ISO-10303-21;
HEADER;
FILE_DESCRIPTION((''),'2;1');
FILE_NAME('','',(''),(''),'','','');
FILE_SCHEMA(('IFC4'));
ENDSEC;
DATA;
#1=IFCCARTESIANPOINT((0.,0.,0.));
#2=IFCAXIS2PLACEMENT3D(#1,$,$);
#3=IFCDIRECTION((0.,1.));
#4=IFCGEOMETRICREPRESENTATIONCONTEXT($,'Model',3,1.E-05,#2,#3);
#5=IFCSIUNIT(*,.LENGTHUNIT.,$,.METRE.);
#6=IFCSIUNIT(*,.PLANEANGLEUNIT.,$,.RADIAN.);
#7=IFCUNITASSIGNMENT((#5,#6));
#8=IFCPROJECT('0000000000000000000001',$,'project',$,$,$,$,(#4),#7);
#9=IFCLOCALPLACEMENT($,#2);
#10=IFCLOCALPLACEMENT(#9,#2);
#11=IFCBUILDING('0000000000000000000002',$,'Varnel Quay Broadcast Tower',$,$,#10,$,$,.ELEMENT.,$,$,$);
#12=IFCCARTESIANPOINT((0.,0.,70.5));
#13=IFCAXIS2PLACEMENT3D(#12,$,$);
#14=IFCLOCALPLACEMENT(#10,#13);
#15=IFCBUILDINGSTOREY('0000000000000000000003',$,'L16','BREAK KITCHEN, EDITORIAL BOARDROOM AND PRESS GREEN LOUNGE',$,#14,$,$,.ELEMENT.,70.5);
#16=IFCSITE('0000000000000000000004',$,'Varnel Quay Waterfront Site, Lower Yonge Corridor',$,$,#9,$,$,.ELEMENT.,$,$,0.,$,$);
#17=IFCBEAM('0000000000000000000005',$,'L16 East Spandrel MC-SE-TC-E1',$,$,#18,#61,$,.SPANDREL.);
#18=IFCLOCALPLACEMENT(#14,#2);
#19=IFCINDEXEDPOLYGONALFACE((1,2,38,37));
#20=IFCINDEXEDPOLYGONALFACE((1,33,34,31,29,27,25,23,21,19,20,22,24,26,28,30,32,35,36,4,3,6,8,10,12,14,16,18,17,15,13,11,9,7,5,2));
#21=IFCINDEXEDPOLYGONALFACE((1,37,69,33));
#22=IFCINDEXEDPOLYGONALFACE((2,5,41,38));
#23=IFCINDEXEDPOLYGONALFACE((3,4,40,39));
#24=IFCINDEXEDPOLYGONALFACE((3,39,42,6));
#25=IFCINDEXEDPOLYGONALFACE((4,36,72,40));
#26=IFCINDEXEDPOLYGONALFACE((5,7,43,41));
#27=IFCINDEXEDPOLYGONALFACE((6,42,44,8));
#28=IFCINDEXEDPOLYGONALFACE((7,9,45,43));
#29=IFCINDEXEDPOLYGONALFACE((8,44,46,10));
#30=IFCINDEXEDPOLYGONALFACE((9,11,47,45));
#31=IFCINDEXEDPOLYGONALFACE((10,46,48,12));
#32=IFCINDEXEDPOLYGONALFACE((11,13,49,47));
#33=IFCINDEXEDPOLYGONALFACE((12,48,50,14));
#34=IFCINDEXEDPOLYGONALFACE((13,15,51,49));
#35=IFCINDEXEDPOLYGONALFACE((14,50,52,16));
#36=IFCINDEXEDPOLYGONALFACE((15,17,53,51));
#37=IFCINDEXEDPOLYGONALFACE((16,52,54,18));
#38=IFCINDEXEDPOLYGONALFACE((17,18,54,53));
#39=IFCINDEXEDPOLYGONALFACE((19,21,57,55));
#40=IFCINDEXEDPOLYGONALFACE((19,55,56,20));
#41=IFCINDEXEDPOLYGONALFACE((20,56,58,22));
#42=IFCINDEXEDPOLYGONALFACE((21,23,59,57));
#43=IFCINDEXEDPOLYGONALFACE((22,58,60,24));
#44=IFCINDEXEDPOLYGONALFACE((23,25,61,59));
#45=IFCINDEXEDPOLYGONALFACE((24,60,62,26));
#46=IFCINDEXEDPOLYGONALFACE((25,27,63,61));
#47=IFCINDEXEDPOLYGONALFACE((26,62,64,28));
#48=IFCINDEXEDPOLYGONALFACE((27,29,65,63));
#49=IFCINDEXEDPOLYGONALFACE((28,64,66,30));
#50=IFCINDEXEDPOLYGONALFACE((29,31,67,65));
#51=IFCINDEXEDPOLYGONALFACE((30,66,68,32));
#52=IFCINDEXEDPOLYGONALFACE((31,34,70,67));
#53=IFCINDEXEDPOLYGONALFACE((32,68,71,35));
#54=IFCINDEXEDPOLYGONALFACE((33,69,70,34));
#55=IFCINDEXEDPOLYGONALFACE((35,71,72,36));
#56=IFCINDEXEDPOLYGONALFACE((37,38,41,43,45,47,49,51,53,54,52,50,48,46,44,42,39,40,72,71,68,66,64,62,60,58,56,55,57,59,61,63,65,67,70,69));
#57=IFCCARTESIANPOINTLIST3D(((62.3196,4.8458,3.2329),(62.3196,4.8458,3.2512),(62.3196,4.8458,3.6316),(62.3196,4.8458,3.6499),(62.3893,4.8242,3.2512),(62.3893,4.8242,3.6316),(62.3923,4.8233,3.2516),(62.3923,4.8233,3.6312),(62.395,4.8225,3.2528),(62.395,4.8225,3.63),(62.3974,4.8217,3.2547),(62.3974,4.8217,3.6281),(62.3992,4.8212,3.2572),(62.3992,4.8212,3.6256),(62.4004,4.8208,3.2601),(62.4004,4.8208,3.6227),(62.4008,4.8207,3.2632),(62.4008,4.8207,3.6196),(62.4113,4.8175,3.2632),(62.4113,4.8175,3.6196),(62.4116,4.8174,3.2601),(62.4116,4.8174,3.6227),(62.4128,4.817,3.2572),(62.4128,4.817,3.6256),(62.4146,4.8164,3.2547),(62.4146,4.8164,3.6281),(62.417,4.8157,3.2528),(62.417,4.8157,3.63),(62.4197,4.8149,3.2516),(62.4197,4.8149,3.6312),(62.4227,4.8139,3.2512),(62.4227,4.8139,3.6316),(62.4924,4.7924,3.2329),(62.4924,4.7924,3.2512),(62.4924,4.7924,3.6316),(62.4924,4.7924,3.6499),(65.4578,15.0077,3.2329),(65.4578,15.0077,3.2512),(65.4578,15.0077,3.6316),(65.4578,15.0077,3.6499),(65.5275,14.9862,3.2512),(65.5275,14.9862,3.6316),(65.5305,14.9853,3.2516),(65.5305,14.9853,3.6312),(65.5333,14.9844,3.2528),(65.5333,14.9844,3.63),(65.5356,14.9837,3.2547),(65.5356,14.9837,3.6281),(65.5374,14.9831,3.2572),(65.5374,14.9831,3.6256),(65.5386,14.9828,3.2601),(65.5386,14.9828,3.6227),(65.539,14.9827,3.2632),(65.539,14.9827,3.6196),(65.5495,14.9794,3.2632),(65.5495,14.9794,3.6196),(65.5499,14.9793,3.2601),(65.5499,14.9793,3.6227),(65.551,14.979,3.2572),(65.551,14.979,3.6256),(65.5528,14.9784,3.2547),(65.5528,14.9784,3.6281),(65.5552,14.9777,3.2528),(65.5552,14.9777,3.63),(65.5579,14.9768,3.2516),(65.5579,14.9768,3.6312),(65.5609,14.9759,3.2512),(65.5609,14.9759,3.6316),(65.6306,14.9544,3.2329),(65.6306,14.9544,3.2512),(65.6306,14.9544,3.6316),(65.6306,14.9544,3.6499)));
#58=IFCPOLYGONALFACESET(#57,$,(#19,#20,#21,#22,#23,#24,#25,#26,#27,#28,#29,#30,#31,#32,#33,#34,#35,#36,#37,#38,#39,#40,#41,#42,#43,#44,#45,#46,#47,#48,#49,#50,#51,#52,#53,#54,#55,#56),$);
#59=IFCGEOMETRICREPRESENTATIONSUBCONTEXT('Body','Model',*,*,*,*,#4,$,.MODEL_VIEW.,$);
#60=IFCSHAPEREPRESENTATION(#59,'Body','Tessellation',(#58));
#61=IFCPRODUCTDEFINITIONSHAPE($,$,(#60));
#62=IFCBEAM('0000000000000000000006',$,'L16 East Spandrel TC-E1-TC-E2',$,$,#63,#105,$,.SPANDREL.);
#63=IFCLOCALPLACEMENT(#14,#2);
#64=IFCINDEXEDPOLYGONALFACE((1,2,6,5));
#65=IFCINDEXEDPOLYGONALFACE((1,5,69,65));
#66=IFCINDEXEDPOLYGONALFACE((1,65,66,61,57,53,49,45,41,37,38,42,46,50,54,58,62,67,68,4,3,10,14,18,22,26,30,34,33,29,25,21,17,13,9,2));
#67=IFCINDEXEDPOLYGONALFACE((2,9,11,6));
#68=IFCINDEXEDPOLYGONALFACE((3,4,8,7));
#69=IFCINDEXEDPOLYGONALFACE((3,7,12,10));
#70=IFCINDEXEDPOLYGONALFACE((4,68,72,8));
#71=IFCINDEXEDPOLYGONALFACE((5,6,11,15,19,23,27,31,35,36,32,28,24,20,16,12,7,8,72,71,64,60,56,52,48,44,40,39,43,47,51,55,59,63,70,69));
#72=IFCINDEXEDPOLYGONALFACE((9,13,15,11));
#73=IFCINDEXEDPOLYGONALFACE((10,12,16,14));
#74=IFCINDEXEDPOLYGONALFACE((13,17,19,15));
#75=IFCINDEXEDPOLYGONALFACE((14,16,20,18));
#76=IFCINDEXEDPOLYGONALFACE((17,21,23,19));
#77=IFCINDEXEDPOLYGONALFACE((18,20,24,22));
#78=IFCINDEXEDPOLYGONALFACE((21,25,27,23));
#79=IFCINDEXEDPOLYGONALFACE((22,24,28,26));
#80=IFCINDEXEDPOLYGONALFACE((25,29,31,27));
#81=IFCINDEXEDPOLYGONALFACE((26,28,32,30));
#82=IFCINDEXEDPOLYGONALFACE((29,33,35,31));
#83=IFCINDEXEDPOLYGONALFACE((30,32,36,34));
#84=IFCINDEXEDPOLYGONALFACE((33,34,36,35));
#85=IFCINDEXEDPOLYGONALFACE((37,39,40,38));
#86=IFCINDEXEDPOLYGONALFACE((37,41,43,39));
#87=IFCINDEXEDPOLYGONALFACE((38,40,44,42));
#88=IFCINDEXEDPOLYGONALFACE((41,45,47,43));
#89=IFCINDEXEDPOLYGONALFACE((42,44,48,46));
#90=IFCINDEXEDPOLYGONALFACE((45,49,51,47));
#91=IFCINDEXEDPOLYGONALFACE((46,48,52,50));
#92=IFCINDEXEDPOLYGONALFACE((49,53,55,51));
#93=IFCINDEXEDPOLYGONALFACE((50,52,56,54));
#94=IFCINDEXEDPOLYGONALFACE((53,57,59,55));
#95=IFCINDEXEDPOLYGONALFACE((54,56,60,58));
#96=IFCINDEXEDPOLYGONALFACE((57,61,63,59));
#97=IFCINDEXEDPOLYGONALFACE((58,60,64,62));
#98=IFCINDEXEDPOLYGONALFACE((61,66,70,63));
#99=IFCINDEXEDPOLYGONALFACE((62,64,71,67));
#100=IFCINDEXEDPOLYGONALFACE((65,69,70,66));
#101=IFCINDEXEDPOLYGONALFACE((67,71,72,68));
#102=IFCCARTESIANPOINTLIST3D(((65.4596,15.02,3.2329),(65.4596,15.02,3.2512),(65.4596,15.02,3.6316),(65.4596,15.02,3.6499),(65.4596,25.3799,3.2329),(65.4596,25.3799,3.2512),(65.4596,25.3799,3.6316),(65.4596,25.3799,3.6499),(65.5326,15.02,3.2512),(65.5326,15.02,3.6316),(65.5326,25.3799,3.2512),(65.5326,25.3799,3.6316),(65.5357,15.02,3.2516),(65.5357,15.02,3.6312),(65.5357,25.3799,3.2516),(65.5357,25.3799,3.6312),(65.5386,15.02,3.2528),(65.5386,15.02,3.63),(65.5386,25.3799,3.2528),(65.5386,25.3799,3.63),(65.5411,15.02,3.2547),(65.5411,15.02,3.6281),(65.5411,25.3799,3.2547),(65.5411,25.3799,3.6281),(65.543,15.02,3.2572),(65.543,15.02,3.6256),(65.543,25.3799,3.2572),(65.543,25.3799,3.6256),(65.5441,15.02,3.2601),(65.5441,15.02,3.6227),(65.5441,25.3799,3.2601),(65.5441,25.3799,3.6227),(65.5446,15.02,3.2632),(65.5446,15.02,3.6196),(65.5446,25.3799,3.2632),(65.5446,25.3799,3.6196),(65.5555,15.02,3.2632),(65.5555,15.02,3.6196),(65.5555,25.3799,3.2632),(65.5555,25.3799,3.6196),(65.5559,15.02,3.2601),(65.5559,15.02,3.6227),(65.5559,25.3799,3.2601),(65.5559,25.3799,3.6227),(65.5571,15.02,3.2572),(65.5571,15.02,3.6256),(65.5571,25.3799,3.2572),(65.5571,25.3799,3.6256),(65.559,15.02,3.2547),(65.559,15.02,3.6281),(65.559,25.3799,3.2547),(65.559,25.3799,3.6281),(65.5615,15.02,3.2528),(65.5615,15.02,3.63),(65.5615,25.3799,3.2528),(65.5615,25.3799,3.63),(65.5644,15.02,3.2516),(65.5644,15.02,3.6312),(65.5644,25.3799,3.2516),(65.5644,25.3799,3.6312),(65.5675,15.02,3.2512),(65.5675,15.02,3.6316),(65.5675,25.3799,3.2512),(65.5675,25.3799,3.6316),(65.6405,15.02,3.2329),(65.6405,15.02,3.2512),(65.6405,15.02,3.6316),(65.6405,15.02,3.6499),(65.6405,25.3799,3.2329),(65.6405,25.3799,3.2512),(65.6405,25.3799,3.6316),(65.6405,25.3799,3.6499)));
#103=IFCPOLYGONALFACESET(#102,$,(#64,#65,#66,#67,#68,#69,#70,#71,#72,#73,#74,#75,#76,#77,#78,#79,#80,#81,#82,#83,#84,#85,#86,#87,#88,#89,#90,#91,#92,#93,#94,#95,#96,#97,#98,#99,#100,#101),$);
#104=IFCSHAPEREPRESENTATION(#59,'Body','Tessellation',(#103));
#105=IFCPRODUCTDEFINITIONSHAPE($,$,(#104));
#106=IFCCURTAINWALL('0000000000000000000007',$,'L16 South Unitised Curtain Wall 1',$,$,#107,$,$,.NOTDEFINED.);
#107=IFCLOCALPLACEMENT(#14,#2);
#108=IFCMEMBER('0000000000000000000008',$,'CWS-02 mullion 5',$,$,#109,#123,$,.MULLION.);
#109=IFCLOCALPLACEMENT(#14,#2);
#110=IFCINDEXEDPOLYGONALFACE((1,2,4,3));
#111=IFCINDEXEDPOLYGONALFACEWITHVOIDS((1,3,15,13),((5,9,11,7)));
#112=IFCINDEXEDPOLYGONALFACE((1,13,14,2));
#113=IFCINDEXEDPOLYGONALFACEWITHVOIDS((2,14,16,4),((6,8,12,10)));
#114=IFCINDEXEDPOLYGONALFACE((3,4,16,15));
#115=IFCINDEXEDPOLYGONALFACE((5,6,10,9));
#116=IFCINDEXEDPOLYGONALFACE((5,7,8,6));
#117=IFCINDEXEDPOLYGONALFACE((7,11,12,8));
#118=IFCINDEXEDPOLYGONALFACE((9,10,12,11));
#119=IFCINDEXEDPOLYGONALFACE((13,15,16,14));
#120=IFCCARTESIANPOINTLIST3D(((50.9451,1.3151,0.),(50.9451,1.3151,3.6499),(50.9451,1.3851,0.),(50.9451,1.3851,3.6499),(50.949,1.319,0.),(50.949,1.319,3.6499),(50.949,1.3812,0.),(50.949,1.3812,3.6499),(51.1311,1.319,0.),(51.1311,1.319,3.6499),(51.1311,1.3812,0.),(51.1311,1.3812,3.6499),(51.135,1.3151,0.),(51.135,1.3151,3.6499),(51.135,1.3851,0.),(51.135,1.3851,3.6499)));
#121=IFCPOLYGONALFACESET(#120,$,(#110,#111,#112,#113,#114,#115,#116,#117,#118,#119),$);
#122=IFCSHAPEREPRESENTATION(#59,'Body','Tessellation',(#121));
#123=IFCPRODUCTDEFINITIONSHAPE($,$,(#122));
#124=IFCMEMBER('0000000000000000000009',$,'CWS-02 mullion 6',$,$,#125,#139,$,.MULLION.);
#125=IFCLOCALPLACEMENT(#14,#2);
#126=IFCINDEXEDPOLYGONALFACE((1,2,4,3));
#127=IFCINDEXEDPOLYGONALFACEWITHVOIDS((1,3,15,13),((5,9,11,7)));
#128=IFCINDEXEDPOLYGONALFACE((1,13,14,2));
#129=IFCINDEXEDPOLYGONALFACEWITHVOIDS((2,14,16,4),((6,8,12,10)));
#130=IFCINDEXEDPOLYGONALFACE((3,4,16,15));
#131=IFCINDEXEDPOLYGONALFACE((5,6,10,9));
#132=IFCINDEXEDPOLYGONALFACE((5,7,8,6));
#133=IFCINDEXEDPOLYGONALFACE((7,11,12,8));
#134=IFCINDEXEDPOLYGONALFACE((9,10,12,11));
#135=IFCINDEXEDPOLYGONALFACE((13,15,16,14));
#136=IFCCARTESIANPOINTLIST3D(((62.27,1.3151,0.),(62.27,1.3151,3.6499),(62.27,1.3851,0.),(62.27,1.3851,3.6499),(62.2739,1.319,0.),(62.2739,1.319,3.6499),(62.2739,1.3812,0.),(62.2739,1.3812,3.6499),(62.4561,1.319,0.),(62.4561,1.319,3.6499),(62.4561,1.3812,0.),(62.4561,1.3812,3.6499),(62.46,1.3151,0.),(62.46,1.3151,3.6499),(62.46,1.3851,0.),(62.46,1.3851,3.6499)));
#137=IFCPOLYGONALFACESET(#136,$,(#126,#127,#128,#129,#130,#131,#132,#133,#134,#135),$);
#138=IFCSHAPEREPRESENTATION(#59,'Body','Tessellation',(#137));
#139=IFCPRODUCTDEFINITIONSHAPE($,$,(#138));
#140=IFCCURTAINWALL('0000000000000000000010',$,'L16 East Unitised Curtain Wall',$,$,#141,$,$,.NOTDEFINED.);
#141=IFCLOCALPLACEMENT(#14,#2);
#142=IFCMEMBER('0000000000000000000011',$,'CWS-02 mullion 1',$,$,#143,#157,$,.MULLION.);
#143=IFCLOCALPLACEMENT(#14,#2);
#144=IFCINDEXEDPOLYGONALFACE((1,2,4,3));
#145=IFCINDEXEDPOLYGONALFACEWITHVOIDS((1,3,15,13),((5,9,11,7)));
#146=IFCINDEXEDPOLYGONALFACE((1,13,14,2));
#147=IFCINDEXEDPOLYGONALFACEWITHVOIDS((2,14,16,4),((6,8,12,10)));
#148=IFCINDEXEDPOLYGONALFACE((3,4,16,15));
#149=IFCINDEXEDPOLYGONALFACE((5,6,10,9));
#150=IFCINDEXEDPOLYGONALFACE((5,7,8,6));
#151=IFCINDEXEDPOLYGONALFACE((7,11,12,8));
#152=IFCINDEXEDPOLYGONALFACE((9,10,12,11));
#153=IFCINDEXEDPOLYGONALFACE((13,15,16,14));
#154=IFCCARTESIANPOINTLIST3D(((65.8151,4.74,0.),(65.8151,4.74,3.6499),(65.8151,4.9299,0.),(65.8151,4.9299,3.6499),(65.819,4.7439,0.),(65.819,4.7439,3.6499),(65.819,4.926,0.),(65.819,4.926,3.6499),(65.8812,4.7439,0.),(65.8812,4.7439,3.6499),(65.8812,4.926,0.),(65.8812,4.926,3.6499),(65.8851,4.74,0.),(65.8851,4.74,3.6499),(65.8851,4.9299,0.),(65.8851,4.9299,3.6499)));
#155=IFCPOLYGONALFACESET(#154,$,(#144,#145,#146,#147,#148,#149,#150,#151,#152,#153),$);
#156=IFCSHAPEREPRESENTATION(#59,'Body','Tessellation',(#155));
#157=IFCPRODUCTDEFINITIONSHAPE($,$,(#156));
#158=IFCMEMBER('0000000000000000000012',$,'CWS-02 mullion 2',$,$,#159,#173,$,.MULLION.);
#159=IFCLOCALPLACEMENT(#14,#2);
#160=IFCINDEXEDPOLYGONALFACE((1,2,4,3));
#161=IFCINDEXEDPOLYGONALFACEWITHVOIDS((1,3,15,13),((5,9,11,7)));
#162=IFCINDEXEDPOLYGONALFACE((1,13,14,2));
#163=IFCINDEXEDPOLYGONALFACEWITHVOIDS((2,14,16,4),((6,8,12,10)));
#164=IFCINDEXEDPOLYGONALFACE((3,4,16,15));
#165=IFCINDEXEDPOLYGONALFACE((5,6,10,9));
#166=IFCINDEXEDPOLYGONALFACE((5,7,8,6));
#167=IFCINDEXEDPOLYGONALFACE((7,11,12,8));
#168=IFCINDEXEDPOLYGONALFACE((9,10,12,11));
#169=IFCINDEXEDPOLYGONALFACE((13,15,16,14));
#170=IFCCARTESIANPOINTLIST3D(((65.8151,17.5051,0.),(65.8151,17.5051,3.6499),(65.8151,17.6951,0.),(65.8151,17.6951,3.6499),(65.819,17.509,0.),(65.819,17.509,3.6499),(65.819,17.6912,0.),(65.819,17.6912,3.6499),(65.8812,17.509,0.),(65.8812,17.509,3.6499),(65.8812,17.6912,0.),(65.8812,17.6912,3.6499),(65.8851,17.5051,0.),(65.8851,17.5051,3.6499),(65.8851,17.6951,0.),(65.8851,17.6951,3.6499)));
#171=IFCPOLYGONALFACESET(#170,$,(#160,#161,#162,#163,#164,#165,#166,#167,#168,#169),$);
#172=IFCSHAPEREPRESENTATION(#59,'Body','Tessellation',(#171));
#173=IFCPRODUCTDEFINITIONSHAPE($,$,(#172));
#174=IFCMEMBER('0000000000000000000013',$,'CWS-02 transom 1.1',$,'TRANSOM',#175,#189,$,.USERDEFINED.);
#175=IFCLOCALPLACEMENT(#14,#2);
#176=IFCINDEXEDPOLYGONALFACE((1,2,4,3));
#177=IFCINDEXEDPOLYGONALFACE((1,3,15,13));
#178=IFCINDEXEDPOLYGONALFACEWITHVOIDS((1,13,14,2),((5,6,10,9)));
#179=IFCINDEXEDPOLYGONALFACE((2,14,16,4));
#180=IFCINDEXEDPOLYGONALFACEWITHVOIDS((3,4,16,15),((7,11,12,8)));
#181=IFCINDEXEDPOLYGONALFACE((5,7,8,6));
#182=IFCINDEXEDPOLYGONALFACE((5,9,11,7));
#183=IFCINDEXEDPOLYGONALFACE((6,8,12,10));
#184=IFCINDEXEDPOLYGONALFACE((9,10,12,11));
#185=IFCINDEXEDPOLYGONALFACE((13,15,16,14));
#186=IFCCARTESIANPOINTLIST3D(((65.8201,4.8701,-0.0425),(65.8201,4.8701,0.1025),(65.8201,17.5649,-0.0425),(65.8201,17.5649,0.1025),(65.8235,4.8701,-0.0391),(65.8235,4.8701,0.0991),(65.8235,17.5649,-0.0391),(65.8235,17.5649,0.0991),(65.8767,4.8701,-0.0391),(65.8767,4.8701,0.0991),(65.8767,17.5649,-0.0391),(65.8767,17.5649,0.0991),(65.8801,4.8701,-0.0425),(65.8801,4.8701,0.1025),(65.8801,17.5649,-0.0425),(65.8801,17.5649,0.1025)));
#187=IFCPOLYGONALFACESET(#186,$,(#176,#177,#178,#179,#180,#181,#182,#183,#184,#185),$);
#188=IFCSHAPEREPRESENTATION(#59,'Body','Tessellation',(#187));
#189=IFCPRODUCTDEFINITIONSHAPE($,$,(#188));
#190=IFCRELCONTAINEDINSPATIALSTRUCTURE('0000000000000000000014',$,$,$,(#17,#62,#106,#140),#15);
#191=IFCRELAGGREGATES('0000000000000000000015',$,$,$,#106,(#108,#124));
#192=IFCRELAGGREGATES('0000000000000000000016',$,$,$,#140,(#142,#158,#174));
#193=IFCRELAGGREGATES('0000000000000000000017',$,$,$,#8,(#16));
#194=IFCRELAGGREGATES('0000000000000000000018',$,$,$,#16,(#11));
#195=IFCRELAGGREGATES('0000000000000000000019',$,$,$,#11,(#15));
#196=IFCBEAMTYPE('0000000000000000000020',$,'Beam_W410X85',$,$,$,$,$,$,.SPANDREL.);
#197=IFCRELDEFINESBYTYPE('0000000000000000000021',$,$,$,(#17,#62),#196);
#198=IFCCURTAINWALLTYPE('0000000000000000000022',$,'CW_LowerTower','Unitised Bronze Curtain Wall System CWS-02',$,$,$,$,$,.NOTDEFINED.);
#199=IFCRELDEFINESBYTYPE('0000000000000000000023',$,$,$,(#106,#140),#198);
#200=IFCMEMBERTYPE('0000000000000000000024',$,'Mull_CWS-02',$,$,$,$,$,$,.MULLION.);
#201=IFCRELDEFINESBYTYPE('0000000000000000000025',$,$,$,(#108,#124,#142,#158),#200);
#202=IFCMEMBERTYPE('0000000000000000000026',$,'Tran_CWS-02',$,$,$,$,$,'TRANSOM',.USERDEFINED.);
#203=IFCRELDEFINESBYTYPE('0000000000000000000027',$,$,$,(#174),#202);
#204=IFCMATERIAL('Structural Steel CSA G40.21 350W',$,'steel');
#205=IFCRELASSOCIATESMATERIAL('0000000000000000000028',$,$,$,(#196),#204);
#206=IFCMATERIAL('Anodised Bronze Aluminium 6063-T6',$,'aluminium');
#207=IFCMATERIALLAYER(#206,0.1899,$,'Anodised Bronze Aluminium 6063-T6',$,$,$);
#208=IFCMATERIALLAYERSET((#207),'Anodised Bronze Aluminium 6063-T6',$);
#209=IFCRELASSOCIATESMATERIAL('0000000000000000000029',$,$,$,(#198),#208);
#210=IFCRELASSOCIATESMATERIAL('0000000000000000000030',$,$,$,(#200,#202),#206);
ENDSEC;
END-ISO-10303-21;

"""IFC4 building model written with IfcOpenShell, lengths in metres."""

from ifc_helpers import new_model, si_unit, direction, frame, origin, origin_2d, place, context, subcontext, project, spatial, hollow_rectangle, i_section, extrude, source, transform, mapped, material, layer, layer_set, material_profile, profile_set, type_object, type_shapes, element, aggregate, save


model = new_model("IFC4")

# Units and contexts
model_context = context("Model", 3, precision=1e-05, world=origin(), true_north=direction((0.0, 1.0)))
body_context = subcontext(model_context, "Body", "Model", "MODEL_VIEW")
ifc_project = project(units=[si_unit("LENGTHUNIT", "METRE"), si_unit("PLANEANGLEUNIT", "RADIAN")], contexts=[model_context])

# Site, building, storey
site_placement = place(None, origin())
site = spatial("IfcSite", under=ifc_project, at=site_placement, Name="Varnel Quay Waterfront Site, Lower Yonge Corridor", CompositionType="ELEMENT", RefElevation=0.0)
building_placement = place(site_placement, origin())
building = spatial("IfcBuilding", under=site, at=building_placement, Name="Varnel Quay Broadcast Tower", CompositionType="ELEMENT")
storey_placement = place(building_placement, frame((0.0, 0.0, 70.5)))
storey = spatial("IfcBuildingStorey", under=building, at=storey_placement, Name="L16", Description="BREAK KITCHEN, EDITORIAL BOARDROOM AND PRESS GREEN LOUNGE", CompositionType="ELEMENT", Elevation=70.5)

# Shared definitions
ifc_material_1 = material(Name="Structural Steel CSA G40.21 350W", Category="steel")

# Beams
ifc_material_profile_1 = material_profile(ifc_material_1, i_section(OverallWidth=0.1809, OverallDepth=0.417, WebThickness=0.011, FlangeThickness=0.0183, FilletRadius=0.012, at=origin_2d()), Name="W410X85")
ifc_profile_set_1 = profile_set([ifc_material_profile_1], Name="Structural Steel CSA G40.21 350W")
beam_type = type_object("IfcBeamType", Name="Beam_W410X85", PredefinedType="SPANDREL", material=ifc_profile_set_1)
shared_shape_1 = source(origin(), body_context, "Body", "SweptSolid", [
    extrude(i_section(OverallWidth=0.1809, OverallDepth=0.417, WebThickness=0.011, FlangeThickness=0.0183, FilletRadius=0.012, at=origin_2d()), origin(), (0.0, 0.0, 1.0), 10.6355),
])
beam_1_placement = place(storey_placement, frame((62.406, 4.8191, 3.4414), z_axis=(0.29507, 0.955476, 0.0), x_axis=(-0.955476, 0.29507, 0.0)))
element("IfcBeam", 1, at=beam_1_placement, inside=storey, type_object=beam_type, Name="L16 East Spandrel MC-SE-TC-E1", PredefinedType="SPANDREL", context=body_context, shape_type="MappedRepresentation", body=[
    mapped(shared_shape_1, transform((0.0, 0.0, 0.0), x_axis=(1.0, 0.0, 0.0), y_axis=(0.0, 1.0, 0.0), z_axis=(0.0, 0.0, 1.0), scale=1.0)),
])
shared_shape_2 = source(origin(), body_context, "Body", "SweptSolid", [
    extrude(i_section(OverallWidth=0.1809, OverallDepth=0.417, WebThickness=0.011, FlangeThickness=0.0183, FilletRadius=0.012, at=origin_2d()), origin(), (0.0, 0.0, 1.0), 10.3599),
])
beam_2_placement = place(storey_placement, frame((65.55, 15.02, 3.4414), z_axis=(0.0, 1.0, 0.0), x_axis=(-1.0, 0.0, 0.0)))
element("IfcBeam", 2, at=beam_2_placement, inside=storey, type_object=beam_type, Name="L16 East Spandrel TC-E1-TC-E2", PredefinedType="SPANDREL", context=body_context, shape_type="MappedRepresentation", body=[
    mapped(shared_shape_2, transform((0.0, 0.0, 0.0), x_axis=(1.0, 0.0, 0.0), y_axis=(0.0, 1.0, 0.0), z_axis=(0.0, 0.0, 1.0), scale=1.0)),
])

# Curtain walls, members
ifc_material_2 = material(Name="Anodised Bronze Aluminium 6063-T6", Category="aluminium")
ifc_layer_1 = layer(ifc_material_2, 0.1899, Name="Anodised Bronze Aluminium 6063-T6")
ifc_layer_set_1 = layer_set([ifc_layer_1], Name="Anodised Bronze Aluminium 6063-T6")
curtain_wall_type_1 = type_object("IfcCurtainWallType", Name="CW_LowerTower", Description="Unitised Bronze Curtain Wall System CWS-02", PredefinedType="NOTDEFINED", material=ifc_layer_set_1)
curtain_wall_1_placement = place(storey_placement, origin())
curtain_wall_1 = element("IfcCurtainWall", 3, at=curtain_wall_1_placement, inside=storey, type_object=curtain_wall_type_1, Name="L16 South Unitised Curtain Wall 1", PredefinedType="NOTDEFINED")
ifc_material_profile_2 = material_profile(ifc_material_2, hollow_rectangle(XDim=0.0701, YDim=0.1899, WallThickness=0.0039, at=origin_2d()), Name="ALU70X190X4")
ifc_profile_set_2 = profile_set([ifc_material_profile_2], Name="Anodised Bronze Aluminium 6063-T6")
member_type_1 = type_object("IfcMemberType", Name="Mull_CWS-02", PredefinedType="MULLION", material=ifc_profile_set_2)
shared_shape_3 = source(origin(), body_context, "Body", "SweptSolid", [
    extrude(hollow_rectangle(XDim=0.0701, YDim=0.1899, WallThickness=0.0039, at=origin_2d()), origin(), (0.0, 0.0, 1.0), 3.6499),
])
type_shapes(member_type_1, [shared_shape_3])
member_1_placement = place(storey_placement, frame((51.04, 1.3501, 0.0), z_axis=(0.0, 0.0, 1.0), x_axis=(0.0, 1.0, 0.0)))
member_1 = element("IfcMember", 4, at=member_1_placement, type_object=member_type_1, Name="CWS-02 mullion 5", PredefinedType="MULLION", context=body_context, shape_type="MappedRepresentation", body=[
    mapped(shared_shape_3, transform((0.0, 0.0, 0.0), x_axis=(1.0, 0.0, 0.0), y_axis=(0.0, 1.0, 0.0), z_axis=(0.0, 0.0, 1.0), scale=1.0)),
])
member_2_placement = place(storey_placement, frame((62.365, 1.3501, 0.0), z_axis=(0.0, 0.0, 1.0), x_axis=(0.0, 1.0, 0.0)))
member_2 = element("IfcMember", 5, at=member_2_placement, type_object=member_type_1, Name="CWS-02 mullion 6", PredefinedType="MULLION", context=body_context, shape_type="MappedRepresentation", body=[
    mapped(shared_shape_3, transform((0.0, 0.0, 0.0), x_axis=(1.0, 0.0, 0.0), y_axis=(0.0, 1.0, 0.0), z_axis=(0.0, 0.0, 1.0), scale=1.0)),
])
curtain_wall_2_placement = place(storey_placement, origin())
curtain_wall_2 = element("IfcCurtainWall", 6, at=curtain_wall_2_placement, inside=storey, type_object=curtain_wall_type_1, Name="L16 East Unitised Curtain Wall", PredefinedType="NOTDEFINED")
member_3_placement = place(storey_placement, frame((65.8501, 4.835, 0.0), z_axis=(0.0, 0.0, 1.0), x_axis=(-1.0, 0.0, 0.0)))
member_3 = element("IfcMember", 7, at=member_3_placement, type_object=member_type_1, Name="CWS-02 mullion 1", PredefinedType="MULLION", context=body_context, shape_type="MappedRepresentation", body=[
    mapped(shared_shape_3, transform((0.0, 0.0, 0.0), x_axis=(1.0, 0.0, 0.0), y_axis=(0.0, 1.0, 0.0), z_axis=(0.0, 0.0, 1.0), scale=1.0)),
])
member_4_placement = place(storey_placement, frame((65.8501, 17.6001, 0.0), z_axis=(0.0, 0.0, 1.0), x_axis=(-1.0, 0.0, 0.0)))
member_4 = element("IfcMember", 8, at=member_4_placement, type_object=member_type_1, Name="CWS-02 mullion 2", PredefinedType="MULLION", context=body_context, shape_type="MappedRepresentation", body=[
    mapped(shared_shape_3, transform((0.0, 0.0, 0.0), x_axis=(1.0, 0.0, 0.0), y_axis=(0.0, 1.0, 0.0), z_axis=(0.0, 0.0, 1.0), scale=1.0)),
])
ifc_material_profile_3 = material_profile(ifc_material_2, hollow_rectangle(XDim=0.0601, YDim=0.145, WallThickness=0.0034, at=origin_2d()), Name="ALU60X145X3.5")
ifc_profile_set_3 = profile_set([ifc_material_profile_3], Name="Anodised Bronze Aluminium 6063-T6")
member_type_2 = type_object("IfcMemberType", Name="Tran_CWS-02", ElementType="TRANSOM", PredefinedType="USERDEFINED", material=ifc_profile_set_3)
shared_shape_4 = source(origin(), body_context, "Body", "SweptSolid", [
    extrude(hollow_rectangle(XDim=0.0601, YDim=0.145, WallThickness=0.0034, at=origin_2d()), origin(), (0.0, 0.0, 1.0), 12.6948),
])
member_5_placement = place(storey_placement, frame((65.8501, 4.8701, 0.03), z_axis=(0.0, 1.0, 0.0), x_axis=(-1.0, 0.0, 0.0)))
member_5 = element("IfcMember", 9, at=member_5_placement, type_object=member_type_2, Name="CWS-02 transom 1.1", ObjectType="TRANSOM", PredefinedType="USERDEFINED", context=body_context, shape_type="MappedRepresentation", body=[
    mapped(shared_shape_4, transform((0.0, 0.0, 0.0), x_axis=(1.0, 0.0, 0.0), y_axis=(0.0, 1.0, 0.0), z_axis=(0.0, 0.0, 1.0), scale=1.0)),
])

aggregate(curtain_wall_1, [member_1, member_2])
aggregate(curtain_wall_2, [member_3, member_4, member_5])

save(model, "model.ifc")
